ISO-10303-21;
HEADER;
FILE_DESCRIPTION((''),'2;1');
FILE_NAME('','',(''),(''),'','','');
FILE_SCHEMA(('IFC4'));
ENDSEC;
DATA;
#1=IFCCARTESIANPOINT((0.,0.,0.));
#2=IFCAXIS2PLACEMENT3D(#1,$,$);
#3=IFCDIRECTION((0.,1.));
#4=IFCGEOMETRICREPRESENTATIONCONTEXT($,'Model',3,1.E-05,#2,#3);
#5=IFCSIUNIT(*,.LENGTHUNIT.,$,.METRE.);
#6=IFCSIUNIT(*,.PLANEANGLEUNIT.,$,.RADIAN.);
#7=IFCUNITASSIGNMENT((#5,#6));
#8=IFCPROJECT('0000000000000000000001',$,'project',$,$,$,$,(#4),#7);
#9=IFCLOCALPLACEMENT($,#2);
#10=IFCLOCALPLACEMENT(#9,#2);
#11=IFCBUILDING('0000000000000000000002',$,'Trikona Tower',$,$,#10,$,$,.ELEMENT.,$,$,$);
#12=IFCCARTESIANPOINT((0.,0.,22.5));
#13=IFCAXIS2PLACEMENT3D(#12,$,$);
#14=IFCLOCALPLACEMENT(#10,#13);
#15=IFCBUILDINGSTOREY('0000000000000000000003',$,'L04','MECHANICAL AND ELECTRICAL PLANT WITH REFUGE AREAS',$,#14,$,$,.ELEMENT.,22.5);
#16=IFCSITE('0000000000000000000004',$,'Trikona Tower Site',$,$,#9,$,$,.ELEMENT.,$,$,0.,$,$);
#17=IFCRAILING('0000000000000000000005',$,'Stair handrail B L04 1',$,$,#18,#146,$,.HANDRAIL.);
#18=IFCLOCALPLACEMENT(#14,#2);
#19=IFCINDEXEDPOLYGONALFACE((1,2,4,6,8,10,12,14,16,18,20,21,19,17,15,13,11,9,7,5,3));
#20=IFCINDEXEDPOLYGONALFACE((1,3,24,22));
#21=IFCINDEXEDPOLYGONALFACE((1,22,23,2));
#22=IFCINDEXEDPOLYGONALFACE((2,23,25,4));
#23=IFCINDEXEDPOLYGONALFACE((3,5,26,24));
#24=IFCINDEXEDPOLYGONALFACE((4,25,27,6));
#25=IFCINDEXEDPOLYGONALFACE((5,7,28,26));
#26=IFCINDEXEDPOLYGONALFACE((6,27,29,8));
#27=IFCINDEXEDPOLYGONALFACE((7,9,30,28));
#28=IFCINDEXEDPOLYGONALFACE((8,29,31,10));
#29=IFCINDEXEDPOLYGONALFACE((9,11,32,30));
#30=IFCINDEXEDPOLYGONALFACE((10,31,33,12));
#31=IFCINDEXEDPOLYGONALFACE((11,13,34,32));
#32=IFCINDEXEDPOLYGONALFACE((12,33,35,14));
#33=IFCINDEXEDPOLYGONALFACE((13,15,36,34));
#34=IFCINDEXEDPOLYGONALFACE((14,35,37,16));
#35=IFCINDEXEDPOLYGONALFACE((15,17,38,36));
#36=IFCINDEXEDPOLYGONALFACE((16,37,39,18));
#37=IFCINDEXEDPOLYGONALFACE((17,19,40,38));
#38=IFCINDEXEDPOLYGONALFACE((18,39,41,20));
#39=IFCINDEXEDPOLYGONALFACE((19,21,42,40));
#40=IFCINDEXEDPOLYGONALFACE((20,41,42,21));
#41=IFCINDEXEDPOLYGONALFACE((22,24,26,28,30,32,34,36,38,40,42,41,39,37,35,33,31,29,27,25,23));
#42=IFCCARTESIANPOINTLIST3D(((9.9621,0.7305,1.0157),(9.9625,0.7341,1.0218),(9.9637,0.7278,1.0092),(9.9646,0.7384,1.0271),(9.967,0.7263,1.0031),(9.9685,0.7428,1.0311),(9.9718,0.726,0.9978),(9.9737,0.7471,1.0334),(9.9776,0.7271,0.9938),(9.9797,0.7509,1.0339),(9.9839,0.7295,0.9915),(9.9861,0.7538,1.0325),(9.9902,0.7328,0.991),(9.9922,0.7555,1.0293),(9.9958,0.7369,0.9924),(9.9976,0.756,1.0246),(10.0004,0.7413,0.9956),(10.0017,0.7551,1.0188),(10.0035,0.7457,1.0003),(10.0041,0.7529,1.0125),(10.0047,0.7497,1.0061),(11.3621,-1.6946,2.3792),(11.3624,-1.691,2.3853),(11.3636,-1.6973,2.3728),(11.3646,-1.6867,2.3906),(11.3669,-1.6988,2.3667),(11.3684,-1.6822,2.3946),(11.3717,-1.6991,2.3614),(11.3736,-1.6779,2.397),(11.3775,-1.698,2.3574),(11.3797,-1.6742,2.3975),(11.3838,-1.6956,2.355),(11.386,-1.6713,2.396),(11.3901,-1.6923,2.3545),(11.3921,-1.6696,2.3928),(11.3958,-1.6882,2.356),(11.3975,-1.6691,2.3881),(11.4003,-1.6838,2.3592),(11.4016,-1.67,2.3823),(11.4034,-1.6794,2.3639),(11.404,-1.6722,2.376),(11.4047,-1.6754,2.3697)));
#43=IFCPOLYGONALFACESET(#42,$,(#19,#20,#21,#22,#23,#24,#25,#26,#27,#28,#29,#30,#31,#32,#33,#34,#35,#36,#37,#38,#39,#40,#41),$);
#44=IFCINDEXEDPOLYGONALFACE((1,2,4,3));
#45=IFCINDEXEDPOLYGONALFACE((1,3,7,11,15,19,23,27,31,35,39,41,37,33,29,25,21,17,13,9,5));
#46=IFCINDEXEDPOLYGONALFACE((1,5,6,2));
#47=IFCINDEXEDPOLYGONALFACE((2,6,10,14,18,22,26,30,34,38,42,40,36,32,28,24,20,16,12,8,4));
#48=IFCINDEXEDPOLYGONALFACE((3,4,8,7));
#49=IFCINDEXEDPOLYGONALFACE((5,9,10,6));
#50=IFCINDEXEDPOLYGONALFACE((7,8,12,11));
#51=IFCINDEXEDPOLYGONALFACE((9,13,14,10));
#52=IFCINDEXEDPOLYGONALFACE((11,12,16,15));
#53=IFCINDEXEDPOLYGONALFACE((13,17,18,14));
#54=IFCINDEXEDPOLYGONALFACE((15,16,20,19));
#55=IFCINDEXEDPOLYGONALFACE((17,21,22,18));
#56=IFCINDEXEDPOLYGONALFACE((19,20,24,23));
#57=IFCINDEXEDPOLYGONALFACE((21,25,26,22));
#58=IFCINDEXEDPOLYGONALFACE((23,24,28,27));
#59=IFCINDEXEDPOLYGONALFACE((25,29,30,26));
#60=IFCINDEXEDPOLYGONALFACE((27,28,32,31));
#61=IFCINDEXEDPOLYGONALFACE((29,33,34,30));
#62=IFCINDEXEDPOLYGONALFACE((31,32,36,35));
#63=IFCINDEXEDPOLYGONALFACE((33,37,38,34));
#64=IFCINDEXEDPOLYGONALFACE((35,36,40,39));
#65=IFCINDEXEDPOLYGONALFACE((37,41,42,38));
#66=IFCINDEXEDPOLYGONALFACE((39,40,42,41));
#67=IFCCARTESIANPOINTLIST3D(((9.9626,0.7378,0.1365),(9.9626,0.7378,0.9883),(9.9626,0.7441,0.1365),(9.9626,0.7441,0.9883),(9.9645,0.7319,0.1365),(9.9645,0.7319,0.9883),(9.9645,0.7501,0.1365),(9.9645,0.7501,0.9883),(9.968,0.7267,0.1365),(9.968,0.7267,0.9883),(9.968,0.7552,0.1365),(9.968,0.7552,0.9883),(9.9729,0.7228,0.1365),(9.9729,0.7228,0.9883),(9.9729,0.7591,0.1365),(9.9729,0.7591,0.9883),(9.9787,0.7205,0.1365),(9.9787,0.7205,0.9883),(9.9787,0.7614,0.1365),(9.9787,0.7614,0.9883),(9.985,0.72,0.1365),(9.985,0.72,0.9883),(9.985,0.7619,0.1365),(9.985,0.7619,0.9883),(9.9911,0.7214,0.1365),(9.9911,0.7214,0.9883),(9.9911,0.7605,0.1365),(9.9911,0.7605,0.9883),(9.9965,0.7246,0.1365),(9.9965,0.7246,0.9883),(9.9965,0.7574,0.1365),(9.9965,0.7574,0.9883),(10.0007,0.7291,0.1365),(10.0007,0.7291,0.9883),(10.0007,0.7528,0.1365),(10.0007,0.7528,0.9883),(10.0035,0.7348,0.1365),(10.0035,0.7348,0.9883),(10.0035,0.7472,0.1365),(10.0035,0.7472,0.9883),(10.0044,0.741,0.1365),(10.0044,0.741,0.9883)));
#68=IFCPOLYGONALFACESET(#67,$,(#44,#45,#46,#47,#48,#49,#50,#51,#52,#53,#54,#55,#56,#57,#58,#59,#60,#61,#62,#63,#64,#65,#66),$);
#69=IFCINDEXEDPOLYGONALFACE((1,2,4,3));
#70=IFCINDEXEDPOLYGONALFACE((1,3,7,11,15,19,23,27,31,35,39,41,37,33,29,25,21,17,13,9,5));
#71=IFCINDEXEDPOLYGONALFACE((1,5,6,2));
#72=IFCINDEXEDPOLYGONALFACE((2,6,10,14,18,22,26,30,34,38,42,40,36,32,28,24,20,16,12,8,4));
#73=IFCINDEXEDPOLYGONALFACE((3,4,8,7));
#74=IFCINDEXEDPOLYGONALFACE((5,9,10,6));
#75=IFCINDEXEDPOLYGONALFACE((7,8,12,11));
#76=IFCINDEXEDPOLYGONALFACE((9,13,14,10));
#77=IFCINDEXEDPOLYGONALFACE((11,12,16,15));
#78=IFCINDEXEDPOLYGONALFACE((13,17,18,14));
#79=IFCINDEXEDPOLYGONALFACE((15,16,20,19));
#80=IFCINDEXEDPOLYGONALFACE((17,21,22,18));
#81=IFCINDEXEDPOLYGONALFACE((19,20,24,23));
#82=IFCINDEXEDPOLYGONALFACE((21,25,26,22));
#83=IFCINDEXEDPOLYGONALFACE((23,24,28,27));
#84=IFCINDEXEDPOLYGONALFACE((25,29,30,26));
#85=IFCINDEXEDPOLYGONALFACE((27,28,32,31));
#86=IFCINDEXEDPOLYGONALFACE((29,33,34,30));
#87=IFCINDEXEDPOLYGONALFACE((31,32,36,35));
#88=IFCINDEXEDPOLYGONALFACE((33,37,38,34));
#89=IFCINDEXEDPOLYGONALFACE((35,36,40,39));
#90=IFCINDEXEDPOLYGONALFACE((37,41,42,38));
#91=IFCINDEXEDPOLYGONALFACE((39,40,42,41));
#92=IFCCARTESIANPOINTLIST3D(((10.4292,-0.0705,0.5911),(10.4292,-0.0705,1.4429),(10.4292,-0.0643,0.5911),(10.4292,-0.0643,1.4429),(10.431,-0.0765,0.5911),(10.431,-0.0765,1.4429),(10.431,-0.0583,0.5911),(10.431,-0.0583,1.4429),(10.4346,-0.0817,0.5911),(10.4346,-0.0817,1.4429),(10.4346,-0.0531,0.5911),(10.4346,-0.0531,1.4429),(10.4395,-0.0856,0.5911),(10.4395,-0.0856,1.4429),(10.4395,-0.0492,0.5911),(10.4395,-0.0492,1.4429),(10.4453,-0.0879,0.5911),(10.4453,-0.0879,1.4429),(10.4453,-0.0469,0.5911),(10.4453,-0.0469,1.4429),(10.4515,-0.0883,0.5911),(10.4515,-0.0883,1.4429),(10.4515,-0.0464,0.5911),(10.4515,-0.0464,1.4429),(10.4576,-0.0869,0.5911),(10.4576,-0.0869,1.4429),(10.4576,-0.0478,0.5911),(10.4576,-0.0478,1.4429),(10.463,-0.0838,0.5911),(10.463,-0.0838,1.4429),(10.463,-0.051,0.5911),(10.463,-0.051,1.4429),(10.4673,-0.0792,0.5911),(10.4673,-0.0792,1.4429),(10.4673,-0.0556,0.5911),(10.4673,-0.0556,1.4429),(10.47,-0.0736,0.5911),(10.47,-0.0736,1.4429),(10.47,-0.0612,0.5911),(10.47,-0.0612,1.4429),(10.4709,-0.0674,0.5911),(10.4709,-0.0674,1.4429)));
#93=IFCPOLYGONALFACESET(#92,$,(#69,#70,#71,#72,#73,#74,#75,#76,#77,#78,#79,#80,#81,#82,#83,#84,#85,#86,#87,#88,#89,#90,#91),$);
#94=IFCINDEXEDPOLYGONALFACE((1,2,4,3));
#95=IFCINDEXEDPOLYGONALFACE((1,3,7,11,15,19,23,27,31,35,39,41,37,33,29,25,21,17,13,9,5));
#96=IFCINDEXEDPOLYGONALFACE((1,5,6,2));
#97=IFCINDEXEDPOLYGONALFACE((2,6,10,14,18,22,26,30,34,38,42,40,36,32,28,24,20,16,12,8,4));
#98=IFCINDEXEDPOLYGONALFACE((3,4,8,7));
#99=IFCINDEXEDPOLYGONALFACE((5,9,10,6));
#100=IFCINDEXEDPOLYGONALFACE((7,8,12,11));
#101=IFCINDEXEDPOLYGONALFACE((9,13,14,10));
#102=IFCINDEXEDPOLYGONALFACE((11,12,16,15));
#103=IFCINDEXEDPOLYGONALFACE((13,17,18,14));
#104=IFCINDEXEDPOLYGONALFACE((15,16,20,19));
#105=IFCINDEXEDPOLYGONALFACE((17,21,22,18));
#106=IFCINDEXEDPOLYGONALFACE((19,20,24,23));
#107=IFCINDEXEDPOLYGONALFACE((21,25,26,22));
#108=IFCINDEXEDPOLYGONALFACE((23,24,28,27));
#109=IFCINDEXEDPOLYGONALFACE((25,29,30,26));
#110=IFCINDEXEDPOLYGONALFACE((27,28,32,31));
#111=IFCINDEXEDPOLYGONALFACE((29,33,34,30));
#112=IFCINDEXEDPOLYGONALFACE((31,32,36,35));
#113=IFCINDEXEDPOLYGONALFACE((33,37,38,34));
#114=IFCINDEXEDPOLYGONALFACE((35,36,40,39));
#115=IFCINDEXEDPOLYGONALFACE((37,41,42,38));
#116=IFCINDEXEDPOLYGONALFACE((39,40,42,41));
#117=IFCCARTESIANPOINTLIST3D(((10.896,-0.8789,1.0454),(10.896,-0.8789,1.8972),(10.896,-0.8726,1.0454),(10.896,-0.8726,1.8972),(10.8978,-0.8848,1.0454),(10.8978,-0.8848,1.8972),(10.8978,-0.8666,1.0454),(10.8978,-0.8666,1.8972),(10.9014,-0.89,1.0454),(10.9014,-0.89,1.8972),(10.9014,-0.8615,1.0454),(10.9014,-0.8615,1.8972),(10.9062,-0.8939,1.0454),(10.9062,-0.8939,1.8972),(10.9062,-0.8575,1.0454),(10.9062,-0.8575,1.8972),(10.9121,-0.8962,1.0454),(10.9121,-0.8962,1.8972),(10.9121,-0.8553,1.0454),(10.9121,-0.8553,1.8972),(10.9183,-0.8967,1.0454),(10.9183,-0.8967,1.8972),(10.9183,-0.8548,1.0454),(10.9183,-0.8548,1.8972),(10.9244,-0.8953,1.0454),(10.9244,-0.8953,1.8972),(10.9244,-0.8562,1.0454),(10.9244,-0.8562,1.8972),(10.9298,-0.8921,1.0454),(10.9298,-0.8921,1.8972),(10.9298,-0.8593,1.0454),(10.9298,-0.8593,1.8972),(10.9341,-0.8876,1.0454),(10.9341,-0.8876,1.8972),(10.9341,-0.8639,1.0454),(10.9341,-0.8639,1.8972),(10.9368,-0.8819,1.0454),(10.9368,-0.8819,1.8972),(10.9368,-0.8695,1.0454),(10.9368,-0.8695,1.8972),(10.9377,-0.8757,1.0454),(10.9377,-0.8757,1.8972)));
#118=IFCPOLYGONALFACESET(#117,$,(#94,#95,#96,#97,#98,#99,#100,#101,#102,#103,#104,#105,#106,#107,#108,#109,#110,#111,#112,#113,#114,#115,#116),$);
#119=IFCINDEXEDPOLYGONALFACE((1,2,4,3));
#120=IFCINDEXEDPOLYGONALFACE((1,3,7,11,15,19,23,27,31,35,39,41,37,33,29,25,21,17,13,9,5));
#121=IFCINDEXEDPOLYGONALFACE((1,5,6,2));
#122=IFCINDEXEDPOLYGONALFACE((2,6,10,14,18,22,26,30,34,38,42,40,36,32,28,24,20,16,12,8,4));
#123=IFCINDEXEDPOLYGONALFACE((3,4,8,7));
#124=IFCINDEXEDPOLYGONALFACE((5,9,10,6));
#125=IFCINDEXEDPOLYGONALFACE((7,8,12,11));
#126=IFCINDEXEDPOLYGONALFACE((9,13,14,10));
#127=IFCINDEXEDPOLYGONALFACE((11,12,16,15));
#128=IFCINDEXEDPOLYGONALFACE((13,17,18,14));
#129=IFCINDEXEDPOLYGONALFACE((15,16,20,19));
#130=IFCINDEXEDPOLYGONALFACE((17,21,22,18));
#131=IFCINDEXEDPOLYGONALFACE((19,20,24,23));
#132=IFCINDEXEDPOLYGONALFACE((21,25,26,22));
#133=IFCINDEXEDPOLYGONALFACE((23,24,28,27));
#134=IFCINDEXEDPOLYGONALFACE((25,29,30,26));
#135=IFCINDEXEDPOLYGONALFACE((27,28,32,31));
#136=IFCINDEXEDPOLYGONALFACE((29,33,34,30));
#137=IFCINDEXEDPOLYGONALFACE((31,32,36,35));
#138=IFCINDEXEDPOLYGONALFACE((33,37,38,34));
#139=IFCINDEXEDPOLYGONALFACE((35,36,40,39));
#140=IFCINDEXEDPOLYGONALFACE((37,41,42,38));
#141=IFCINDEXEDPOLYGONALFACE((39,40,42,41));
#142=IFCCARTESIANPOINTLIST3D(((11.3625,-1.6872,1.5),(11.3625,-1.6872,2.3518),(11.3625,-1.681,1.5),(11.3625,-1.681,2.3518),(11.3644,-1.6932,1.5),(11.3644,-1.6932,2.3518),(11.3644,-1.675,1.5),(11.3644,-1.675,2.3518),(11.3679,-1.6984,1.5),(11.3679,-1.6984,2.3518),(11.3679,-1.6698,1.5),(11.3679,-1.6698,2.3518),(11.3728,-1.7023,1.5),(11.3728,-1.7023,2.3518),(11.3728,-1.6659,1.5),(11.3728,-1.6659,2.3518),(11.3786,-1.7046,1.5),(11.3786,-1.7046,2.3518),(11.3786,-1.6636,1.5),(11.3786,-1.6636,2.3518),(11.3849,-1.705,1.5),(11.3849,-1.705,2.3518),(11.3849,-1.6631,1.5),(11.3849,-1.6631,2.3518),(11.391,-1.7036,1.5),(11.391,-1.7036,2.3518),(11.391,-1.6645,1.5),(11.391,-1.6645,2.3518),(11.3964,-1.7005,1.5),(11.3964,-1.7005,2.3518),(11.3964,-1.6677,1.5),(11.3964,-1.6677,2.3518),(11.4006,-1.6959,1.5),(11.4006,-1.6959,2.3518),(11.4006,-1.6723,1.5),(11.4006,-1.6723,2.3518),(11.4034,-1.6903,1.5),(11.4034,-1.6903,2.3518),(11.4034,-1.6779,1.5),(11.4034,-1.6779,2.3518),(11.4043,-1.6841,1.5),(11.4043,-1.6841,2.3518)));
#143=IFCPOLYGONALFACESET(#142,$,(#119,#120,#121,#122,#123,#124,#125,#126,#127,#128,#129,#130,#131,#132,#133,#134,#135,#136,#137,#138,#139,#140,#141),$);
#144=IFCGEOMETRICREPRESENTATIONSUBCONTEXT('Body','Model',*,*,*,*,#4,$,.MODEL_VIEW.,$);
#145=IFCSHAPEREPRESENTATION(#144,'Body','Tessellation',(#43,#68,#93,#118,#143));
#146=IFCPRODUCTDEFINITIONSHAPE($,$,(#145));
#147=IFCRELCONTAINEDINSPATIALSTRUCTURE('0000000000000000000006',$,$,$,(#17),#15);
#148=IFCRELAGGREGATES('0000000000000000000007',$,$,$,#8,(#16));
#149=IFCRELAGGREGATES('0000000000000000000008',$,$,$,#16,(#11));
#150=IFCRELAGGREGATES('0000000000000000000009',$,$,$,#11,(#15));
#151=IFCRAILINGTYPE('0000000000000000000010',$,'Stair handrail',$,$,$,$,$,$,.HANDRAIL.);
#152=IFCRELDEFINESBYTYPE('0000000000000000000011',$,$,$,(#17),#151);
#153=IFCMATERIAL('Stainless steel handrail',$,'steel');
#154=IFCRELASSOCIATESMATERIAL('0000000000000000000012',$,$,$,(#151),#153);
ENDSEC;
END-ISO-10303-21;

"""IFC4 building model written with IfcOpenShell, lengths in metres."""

from ifc_helpers import new_model, si_unit, direction, frame, origin, origin_2d, place, context, subcontext, project, spatial, circle, extrude, material, type_object, element, save


model = new_model("IFC4")

# Units and contexts
model_context = context("Model", 3, precision=1e-05, world=origin(), true_north=direction((0.0, 1.0)))
body_context = subcontext(model_context, "Body", "Model", "MODEL_VIEW")
ifc_project = project(units=[si_unit("LENGTHUNIT", "METRE"), si_unit("PLANEANGLEUNIT", "RADIAN")], contexts=[model_context])

# Site, building, storey
site_placement = place(None, origin())
site = spatial("IfcSite", under=ifc_project, at=site_placement, Name="Trikona Tower Site", CompositionType="ELEMENT", RefElevation=0.0)
building_placement = place(site_placement, origin())
building = spatial("IfcBuilding", under=site, at=building_placement, Name="Trikona Tower", CompositionType="ELEMENT")
storey_placement = place(building_placement, frame((0.0, 0.0, 22.5)))
storey = spatial("IfcBuildingStorey", under=building, at=storey_placement, Name="L04", Description="MECHANICAL AND ELECTRICAL PLANT WITH REFUGE AREAS", CompositionType="ELEMENT", Elevation=22.5)

# Railing
ifc_material_1 = material(Name="Stainless steel handrail", Category="steel")
railing_type = type_object("IfcRailingType", Name="Stair handrail", PredefinedType="HANDRAIL", material=ifc_material_1)
for number, where, name in (
    (1, (9.9834, 0.741, 0.1365), "Stair handrail B L04 1"),
):
    element("IfcRailing", number, at=place(storey_placement, frame(where)), inside=storey, type_object=railing_type, Name=name, PredefinedType="HANDRAIL", context=body_context, shape_type="SweptSolid", body=[
        extrude(circle(Radius=0.0239, at=origin_2d()), frame((0.0, 0.0, 0.876), z_axis=(0.449486, -0.778645, 0.437806), x_axis=(0.866056, 0.499946, 0.0)), (0.0, 0.0, 1.0), 3.1145),
        extrude(circle(Radius=0.021, at=origin_2d()), origin(), (0.0, 0.0, 1.0), 0.8518),
        extrude(circle(Radius=0.021, at=origin_2d()), frame((0.4666, -0.8083, 0.4546)), (0.0, 0.0, 1.0), 0.8518),
        extrude(circle(Radius=0.021, at=origin_2d()), frame((0.9333, -1.6167, 0.9089)), (0.0, 0.0, 1.0), 0.8518),
        extrude(circle(Radius=0.021, at=origin_2d()), frame((1.3999, -2.425, 1.3635)), (0.0, 0.0, 1.0), 0.8518),
    ])

save(model, "model.ifc")
